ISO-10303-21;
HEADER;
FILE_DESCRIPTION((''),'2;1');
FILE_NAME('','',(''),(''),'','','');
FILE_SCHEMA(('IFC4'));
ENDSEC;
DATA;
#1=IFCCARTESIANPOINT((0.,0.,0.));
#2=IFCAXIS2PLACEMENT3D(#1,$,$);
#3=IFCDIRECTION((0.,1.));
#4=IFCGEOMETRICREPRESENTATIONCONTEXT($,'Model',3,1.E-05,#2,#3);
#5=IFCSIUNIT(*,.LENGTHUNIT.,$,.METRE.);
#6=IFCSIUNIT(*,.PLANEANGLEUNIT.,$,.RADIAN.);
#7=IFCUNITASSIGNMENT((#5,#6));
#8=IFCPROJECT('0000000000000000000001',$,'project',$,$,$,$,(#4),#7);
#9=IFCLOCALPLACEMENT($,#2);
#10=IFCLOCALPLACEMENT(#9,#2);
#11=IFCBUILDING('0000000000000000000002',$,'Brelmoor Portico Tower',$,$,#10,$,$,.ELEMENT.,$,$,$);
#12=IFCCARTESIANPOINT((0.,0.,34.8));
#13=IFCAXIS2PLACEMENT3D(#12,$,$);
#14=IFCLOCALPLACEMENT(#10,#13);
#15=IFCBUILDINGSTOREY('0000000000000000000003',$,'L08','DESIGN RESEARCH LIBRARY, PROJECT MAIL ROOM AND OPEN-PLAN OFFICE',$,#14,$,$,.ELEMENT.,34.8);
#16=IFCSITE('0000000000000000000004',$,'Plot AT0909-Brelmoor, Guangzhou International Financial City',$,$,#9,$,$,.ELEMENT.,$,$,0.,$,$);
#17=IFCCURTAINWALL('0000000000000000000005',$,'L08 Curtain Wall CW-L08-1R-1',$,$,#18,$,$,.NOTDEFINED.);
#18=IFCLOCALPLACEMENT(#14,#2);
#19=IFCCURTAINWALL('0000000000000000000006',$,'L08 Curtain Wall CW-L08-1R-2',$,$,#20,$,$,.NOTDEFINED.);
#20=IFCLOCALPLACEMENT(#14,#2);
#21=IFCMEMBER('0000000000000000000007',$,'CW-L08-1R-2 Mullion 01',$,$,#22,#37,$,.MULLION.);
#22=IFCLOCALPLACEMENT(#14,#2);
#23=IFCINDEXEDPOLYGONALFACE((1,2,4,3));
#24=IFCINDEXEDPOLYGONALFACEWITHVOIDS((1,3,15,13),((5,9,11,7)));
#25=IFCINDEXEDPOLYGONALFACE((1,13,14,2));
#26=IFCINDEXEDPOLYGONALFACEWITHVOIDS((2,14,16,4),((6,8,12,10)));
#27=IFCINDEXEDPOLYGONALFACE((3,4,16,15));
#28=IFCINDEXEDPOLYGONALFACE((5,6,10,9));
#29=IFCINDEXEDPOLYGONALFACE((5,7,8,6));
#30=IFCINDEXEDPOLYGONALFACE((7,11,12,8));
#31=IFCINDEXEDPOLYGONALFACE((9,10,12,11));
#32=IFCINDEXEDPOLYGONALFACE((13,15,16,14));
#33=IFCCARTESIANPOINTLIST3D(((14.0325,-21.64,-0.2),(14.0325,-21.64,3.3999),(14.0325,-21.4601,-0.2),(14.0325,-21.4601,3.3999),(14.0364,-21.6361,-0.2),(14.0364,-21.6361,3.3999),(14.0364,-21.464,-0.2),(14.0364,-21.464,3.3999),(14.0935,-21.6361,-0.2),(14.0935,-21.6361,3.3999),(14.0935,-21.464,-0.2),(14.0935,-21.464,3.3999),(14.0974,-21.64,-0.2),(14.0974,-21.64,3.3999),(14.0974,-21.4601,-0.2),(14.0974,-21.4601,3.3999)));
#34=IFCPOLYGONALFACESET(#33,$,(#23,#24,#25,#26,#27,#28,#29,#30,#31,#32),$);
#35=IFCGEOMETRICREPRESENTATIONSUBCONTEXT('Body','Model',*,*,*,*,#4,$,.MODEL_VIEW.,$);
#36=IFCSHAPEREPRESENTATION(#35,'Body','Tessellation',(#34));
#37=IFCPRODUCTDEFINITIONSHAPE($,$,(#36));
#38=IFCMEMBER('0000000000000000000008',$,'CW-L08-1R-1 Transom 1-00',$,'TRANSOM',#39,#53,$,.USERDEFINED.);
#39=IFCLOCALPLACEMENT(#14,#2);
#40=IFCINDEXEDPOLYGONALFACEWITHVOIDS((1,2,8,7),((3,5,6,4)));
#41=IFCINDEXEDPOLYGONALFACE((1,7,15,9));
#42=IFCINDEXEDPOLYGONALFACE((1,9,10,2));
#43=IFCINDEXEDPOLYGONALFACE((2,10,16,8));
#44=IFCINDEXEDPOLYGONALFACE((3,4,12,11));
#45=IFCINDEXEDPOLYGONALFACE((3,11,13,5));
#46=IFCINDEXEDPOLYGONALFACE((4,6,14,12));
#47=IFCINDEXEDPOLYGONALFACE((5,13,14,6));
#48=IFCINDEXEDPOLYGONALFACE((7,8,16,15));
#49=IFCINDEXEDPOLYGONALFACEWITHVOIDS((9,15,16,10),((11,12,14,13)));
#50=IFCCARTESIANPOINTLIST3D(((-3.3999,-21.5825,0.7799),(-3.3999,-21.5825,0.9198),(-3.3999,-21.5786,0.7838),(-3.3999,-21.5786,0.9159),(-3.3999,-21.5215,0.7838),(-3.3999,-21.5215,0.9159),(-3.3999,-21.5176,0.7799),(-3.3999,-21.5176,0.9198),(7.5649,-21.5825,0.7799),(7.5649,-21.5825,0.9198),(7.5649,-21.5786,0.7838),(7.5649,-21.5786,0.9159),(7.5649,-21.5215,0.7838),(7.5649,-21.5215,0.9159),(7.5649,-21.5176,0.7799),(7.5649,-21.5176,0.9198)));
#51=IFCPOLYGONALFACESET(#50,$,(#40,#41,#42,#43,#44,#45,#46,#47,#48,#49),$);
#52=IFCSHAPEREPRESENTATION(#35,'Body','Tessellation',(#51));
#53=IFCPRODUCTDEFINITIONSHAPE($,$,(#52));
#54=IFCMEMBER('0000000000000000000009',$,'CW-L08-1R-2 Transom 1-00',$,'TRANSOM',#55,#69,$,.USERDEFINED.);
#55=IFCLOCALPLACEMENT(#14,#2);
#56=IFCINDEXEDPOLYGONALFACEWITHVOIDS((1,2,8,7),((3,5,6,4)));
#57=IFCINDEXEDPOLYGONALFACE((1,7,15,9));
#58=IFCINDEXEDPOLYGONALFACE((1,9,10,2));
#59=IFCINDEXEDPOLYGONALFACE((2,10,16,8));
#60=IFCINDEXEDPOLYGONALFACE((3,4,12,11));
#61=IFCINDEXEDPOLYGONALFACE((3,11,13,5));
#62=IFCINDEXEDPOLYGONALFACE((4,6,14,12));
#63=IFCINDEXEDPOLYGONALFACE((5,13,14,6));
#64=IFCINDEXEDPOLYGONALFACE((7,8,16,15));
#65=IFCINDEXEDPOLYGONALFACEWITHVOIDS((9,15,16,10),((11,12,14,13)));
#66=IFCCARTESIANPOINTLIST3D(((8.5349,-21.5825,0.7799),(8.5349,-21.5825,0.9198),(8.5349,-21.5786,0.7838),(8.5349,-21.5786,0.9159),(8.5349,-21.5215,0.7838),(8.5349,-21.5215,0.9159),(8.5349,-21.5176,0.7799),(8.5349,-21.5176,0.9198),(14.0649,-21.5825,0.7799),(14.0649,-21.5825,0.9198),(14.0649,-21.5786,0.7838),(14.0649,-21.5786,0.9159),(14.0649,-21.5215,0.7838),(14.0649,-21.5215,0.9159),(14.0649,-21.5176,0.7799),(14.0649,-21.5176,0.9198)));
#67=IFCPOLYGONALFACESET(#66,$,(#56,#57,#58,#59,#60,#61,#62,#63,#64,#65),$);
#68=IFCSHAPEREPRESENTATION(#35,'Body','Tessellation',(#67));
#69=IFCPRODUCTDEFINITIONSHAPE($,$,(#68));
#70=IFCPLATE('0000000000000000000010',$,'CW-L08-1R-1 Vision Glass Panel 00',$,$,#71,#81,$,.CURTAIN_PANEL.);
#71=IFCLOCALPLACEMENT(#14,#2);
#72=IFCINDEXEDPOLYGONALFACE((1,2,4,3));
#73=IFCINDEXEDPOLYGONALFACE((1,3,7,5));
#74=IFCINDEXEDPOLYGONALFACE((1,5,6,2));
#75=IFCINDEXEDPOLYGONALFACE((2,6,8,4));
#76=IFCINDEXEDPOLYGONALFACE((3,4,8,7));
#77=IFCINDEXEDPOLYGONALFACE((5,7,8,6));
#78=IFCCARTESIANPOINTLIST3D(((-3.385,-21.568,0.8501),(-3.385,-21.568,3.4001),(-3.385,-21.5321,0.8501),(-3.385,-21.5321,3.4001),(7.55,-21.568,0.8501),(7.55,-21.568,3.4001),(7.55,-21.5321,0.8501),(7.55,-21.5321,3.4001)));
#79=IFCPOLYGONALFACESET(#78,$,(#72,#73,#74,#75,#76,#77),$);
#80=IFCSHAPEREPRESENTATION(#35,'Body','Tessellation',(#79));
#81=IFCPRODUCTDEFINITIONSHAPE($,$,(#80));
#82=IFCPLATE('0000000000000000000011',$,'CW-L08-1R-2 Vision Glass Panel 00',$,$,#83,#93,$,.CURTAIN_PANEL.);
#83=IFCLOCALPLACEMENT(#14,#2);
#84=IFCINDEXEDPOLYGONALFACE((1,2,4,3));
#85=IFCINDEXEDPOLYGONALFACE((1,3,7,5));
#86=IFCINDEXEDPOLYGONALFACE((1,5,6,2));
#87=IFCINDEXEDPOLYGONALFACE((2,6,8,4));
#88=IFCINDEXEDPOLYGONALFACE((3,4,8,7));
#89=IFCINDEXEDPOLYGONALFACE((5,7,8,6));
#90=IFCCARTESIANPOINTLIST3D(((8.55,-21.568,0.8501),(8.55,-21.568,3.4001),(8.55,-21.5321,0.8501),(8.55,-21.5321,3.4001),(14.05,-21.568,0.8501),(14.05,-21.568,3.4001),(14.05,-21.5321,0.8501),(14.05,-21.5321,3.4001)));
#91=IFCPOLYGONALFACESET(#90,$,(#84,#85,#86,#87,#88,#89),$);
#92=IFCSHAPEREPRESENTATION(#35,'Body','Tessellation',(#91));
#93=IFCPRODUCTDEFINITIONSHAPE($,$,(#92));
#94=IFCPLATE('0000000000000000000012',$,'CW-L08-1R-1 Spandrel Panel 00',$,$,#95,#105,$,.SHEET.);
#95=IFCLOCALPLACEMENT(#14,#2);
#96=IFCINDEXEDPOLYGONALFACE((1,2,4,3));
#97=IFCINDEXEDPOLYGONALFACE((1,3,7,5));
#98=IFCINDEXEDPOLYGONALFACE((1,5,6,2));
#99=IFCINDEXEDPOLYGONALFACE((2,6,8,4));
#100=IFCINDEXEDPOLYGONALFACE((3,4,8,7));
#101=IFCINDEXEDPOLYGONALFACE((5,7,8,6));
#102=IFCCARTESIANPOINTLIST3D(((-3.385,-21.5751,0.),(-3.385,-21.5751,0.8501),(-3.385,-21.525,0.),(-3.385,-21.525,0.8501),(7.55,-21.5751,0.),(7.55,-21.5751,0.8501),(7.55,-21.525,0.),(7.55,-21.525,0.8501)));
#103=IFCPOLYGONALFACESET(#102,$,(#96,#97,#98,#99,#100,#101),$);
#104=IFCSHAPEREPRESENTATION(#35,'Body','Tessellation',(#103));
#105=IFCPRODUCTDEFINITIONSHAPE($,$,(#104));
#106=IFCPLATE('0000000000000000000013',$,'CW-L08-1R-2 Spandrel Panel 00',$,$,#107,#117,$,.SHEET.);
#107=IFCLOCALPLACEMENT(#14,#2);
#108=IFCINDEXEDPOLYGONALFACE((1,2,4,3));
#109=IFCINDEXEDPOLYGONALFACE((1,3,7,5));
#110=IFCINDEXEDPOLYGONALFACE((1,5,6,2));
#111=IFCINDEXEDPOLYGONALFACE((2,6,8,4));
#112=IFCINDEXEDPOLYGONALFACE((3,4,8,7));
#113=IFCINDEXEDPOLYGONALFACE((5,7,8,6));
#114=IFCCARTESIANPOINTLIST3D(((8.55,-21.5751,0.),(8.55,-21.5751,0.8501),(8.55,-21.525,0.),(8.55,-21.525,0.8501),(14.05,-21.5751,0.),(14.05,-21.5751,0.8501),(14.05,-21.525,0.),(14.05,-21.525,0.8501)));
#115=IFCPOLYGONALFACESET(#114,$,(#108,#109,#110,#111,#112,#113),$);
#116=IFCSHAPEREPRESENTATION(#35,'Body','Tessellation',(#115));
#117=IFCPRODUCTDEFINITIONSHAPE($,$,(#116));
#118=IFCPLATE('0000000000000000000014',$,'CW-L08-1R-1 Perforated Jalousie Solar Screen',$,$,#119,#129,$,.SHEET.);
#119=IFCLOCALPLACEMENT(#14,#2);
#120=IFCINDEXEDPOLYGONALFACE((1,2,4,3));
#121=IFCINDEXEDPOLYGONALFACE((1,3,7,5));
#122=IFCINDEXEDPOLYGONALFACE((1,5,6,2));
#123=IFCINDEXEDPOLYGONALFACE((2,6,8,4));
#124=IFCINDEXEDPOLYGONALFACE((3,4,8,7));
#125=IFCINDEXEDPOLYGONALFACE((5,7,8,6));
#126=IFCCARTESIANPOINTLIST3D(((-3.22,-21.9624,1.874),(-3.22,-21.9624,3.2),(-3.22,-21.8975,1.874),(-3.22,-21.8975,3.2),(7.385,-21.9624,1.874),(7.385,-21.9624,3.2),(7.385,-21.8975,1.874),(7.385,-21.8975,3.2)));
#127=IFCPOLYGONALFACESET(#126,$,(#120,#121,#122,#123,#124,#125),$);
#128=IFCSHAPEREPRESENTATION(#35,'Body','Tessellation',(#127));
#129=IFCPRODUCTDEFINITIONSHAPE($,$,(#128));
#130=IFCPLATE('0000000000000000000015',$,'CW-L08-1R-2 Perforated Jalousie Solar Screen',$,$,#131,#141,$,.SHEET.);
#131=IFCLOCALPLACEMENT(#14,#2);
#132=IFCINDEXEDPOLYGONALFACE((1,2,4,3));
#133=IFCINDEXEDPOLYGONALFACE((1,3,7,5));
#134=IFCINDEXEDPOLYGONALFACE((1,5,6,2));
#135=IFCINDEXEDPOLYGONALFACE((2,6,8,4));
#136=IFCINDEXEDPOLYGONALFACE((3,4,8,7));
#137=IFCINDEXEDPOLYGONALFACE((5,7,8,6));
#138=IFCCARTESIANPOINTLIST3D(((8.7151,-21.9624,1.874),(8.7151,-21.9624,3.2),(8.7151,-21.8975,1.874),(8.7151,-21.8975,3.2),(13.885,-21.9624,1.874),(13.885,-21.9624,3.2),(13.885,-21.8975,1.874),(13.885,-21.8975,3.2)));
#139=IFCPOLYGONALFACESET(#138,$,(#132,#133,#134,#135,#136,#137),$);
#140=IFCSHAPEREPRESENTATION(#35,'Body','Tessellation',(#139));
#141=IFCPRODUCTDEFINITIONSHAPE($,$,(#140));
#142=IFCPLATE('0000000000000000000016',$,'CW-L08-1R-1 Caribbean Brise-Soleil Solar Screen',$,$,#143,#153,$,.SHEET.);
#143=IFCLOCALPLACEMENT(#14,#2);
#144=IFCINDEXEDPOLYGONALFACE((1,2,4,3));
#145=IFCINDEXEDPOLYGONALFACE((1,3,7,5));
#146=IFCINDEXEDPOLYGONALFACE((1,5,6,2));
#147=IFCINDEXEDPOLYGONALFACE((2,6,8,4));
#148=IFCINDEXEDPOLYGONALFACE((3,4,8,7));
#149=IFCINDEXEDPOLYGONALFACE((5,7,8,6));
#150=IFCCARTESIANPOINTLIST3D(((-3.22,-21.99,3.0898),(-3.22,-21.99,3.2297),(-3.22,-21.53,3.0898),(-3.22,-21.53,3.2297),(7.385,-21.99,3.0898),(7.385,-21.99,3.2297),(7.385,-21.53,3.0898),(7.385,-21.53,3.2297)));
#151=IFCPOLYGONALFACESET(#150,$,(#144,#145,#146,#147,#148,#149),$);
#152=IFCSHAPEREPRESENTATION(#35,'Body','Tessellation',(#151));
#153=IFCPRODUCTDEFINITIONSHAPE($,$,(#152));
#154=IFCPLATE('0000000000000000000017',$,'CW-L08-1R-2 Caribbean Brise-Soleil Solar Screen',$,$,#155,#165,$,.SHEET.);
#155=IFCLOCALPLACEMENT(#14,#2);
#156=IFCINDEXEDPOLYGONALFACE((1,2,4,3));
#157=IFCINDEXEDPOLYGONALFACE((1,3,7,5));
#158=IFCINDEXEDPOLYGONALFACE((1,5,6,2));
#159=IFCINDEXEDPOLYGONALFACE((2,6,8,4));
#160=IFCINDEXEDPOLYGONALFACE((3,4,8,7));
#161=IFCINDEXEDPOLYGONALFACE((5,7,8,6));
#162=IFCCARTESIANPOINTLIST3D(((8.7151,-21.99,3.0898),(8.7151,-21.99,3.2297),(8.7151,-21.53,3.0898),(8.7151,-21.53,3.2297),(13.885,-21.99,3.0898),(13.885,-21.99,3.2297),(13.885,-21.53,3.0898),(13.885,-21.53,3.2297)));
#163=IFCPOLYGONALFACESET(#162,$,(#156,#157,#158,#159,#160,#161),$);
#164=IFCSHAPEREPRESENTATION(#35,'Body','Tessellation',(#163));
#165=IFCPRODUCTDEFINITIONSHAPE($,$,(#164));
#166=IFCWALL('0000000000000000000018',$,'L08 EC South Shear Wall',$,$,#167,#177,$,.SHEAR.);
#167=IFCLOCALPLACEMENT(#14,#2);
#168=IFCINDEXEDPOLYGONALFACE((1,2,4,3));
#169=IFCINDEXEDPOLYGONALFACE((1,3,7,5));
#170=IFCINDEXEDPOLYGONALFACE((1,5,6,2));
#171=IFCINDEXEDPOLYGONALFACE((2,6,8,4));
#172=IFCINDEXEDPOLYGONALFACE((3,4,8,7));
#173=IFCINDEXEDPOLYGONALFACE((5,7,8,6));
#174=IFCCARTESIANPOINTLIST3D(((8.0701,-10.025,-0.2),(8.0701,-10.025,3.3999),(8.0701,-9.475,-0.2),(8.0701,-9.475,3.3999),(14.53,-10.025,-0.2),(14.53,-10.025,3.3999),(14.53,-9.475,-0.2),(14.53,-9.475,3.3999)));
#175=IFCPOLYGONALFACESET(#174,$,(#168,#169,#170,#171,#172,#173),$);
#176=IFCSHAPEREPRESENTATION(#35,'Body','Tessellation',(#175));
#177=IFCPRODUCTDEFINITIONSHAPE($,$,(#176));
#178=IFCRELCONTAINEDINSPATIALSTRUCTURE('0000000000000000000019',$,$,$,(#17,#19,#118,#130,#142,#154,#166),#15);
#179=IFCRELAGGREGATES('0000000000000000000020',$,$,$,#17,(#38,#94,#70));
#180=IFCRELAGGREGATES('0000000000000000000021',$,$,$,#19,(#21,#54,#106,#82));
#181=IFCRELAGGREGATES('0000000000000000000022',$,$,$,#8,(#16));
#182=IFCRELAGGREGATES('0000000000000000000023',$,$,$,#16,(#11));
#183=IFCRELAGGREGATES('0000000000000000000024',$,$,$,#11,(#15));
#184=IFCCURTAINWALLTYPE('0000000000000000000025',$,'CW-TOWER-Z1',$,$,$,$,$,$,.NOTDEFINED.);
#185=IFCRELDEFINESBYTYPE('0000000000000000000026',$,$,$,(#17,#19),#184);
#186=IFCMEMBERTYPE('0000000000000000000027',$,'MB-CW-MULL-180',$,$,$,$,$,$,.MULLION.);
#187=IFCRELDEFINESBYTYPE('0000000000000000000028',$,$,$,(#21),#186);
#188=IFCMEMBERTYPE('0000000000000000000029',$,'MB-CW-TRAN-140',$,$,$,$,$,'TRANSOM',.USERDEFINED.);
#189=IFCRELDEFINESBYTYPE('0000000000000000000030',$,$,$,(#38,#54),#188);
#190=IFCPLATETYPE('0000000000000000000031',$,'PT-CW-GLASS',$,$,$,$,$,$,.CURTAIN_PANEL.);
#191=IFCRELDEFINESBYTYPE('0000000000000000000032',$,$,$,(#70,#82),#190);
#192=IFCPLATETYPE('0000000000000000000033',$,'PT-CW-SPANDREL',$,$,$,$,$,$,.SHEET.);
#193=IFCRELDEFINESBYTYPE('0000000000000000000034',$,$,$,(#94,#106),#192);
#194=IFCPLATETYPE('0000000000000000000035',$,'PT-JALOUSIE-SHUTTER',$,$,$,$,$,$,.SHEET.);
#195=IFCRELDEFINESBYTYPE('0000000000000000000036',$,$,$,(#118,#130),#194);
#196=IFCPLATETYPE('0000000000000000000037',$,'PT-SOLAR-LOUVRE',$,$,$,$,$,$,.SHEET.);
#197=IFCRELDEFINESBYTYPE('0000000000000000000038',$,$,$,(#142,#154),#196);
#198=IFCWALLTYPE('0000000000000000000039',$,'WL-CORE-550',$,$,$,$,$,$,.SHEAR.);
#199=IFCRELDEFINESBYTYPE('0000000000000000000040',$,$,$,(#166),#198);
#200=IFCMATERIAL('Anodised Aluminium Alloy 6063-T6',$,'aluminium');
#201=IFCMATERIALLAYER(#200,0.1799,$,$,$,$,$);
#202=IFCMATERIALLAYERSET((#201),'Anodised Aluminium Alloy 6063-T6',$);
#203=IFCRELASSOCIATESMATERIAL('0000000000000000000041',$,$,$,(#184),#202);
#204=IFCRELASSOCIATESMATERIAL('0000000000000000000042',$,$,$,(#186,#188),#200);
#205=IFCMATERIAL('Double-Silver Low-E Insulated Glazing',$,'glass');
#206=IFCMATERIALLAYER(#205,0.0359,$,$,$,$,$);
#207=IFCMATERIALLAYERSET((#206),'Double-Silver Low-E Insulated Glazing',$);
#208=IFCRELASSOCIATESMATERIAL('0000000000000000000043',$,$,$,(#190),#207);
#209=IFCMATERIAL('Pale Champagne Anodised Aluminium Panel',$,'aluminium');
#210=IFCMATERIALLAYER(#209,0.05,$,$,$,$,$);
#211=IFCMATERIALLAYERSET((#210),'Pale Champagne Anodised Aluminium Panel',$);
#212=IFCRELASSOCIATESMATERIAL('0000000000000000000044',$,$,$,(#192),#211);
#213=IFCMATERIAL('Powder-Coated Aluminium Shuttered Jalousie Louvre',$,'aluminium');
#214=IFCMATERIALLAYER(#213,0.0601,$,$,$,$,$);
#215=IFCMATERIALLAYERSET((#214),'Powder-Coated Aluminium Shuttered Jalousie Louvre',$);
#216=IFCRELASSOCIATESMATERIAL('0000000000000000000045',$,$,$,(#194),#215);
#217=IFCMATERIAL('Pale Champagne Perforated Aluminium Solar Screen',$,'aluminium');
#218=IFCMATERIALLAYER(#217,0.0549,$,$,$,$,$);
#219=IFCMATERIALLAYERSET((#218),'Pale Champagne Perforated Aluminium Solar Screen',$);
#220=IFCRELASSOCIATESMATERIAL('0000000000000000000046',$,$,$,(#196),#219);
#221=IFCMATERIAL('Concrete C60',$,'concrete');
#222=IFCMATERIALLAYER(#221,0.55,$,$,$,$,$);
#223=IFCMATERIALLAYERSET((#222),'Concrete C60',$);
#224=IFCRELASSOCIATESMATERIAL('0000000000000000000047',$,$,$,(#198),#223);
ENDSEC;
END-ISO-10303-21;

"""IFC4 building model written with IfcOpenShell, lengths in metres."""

from ifc_helpers import new_model, si_unit, direction, frame, frame_2d, origin, origin_2d, place, context, subcontext, project, spatial, rectangle, hollow_rectangle, extrude, material, layer, layer_set, material_profile, profile_set, type_object, element, aggregate, save


model = new_model("IFC4")

# Units and contexts
model_context = context("Model", 3, precision=1e-05, world=origin(), true_north=direction((0.0, 1.0)))
body_context = subcontext(model_context, "Body", "Model", "MODEL_VIEW")
ifc_project = project(units=[si_unit("LENGTHUNIT", "METRE"), si_unit("PLANEANGLEUNIT", "RADIAN")], contexts=[model_context])

# Site, building, storey
site_placement = place(None, origin())
site = spatial("IfcSite", under=ifc_project, at=site_placement, Name="Plot AT0909-Brelmoor, Guangzhou International Financial City", CompositionType="ELEMENT", RefElevation=0.0)
building_placement = place(site_placement, origin())
building = spatial("IfcBuilding", under=site, at=building_placement, Name="Brelmoor Portico Tower", CompositionType="ELEMENT")
storey_placement = place(building_placement, frame((0.0, 0.0, 34.8)))
storey = spatial("IfcBuildingStorey", under=building, at=storey_placement, Name="L08", Description="DESIGN RESEARCH LIBRARY, PROJECT MAIL ROOM AND OPEN-PLAN OFFICE", CompositionType="ELEMENT", Elevation=34.8)

# Curtain walls, member
ifc_material_1 = material(Name="Anodised Aluminium Alloy 6063-T6", Category="aluminium")
ifc_layer_1 = layer(ifc_material_1, 0.1799)
ifc_layer_set_1 = layer_set([ifc_layer_1], Name="Anodised Aluminium Alloy 6063-T6")
curtain_wall_type = type_object("IfcCurtainWallType", Name="CW-TOWER-Z1", PredefinedType="NOTDEFINED", material=ifc_layer_set_1)
curtain_wall_1_placement = place(storey_placement, origin())
curtain_wall_1 = element("IfcCurtainWall", 1, at=curtain_wall_1_placement, inside=storey, type_object=curtain_wall_type, Name="L08 Curtain Wall CW-L08-1R-1", PredefinedType="NOTDEFINED")
ifc_material_profile_1 = material_profile(ifc_material_1, hollow_rectangle(XDim=0.0649, YDim=0.1799, WallThickness=0.0039, at=origin_2d()), Name="ALU MULLION 65x180")
ifc_profile_set_1 = profile_set([ifc_material_profile_1], Name="Anodised Aluminium Alloy 6063-T6")
member_type_1 = type_object("IfcMemberType", Name="MB-CW-MULL-180", PredefinedType="MULLION", material=ifc_profile_set_1)
curtain_wall_2_placement = place(storey_placement, origin())
curtain_wall_2 = element("IfcCurtainWall", 2, at=curtain_wall_2_placement, inside=storey, type_object=curtain_wall_type, Name="L08 Curtain Wall CW-L08-1R-2", PredefinedType="NOTDEFINED")
member_1_placement = place(storey_placement, frame((14.0649, -21.55, -0.2), z_axis=(0.0, 0.0, 1.0), x_axis=(1.0, 0.0, 0.0)))
member_1 = element("IfcMember", 3, at=member_1_placement, type_object=member_type_1, Name="CW-L08-1R-2 Mullion 01", PredefinedType="MULLION", context=body_context, shape_type="SweptSolid", body=[
    extrude(hollow_rectangle(XDim=0.0649, YDim=0.1799, WallThickness=0.0039, at=origin_2d()), origin(), (0.0, 0.0, 1.0), 3.5999),
])

# Members
ifc_material_profile_2 = material_profile(ifc_material_1, hollow_rectangle(XDim=0.0649, YDim=0.1399, WallThickness=0.0039, at=origin_2d()), Name="ALU TRANSOM 65x140")
ifc_profile_set_2 = profile_set([ifc_material_profile_2], Name="Anodised Aluminium Alloy 6063-T6")
member_type_2 = type_object("IfcMemberType", Name="MB-CW-TRAN-140", ElementType="TRANSOM", PredefinedType="USERDEFINED", material=ifc_profile_set_2)
member_2_placement = place(storey_placement, frame((-3.3999, -21.55, 0.8499), z_axis=(1.0, 0.0, 0.0), x_axis=(0.0, 1.0, 0.0)))
member_2 = element("IfcMember", 4, at=member_2_placement, type_object=member_type_2, Name="CW-L08-1R-1 Transom 1-00", ObjectType="TRANSOM", PredefinedType="USERDEFINED", context=body_context, shape_type="SweptSolid", body=[
    extrude(hollow_rectangle(XDim=0.0649, YDim=0.1399, WallThickness=0.0039, at=origin_2d()), origin(), (0.0, 0.0, 1.0), 10.9648),
])
member_3_placement = place(storey_placement, frame((8.5349, -21.55, 0.8499), z_axis=(1.0, 0.0, 0.0), x_axis=(0.0, 1.0, 0.0)))
member_3 = element("IfcMember", 5, at=member_3_placement, type_object=member_type_2, Name="CW-L08-1R-2 Transom 1-00", ObjectType="TRANSOM", PredefinedType="USERDEFINED", context=body_context, shape_type="SweptSolid", body=[
    extrude(hollow_rectangle(XDim=0.0649, YDim=0.1399, WallThickness=0.0039, at=origin_2d()), origin(), (0.0, 0.0, 1.0), 5.53),
])

# Plates
ifc_material_2 = material(Name="Double-Silver Low-E Insulated Glazing", Category="glass")
ifc_layer_2 = layer(ifc_material_2, 0.0359)
ifc_layer_set_2 = layer_set([ifc_layer_2], Name="Double-Silver Low-E Insulated Glazing")
plate_type_1 = type_object("IfcPlateType", Name="PT-CW-GLASS", PredefinedType="CURTAIN_PANEL", material=ifc_layer_set_2)
plate_1_placement = place(storey_placement, frame((2.0825, -21.55, 0.8501), z_axis=(0.0, 0.0, 1.0), x_axis=(1.0, 0.0, 0.0)))
plate_1 = element("IfcPlate", 6, at=plate_1_placement, type_object=plate_type_1, Name="CW-L08-1R-1 Vision Glass Panel 00", PredefinedType="CURTAIN_PANEL", context=body_context, shape_type="SweptSolid", body=[
    extrude(rectangle(XDim=10.9351, YDim=0.0359, at=origin_2d()), origin(), (0.0, 0.0, 1.0), 2.55),
])
plate_2_placement = place(storey_placement, frame((11.3, -21.55, 0.8501), z_axis=(0.0, 0.0, 1.0), x_axis=(1.0, 0.0, 0.0)))
plate_2 = element("IfcPlate", 7, at=plate_2_placement, type_object=plate_type_1, Name="CW-L08-1R-2 Vision Glass Panel 00", PredefinedType="CURTAIN_PANEL", context=body_context, shape_type="SweptSolid", body=[
    extrude(rectangle(XDim=5.5, YDim=0.0359, at=origin_2d()), origin(), (0.0, 0.0, 1.0), 2.55),
])
ifc_material_3 = material(Name="Pale Champagne Anodised Aluminium Panel", Category="aluminium")
ifc_layer_3 = layer(ifc_material_3, 0.05)
ifc_layer_set_3 = layer_set([ifc_layer_3], Name="Pale Champagne Anodised Aluminium Panel")
plate_type_2 = type_object("IfcPlateType", Name="PT-CW-SPANDREL", PredefinedType="SHEET", material=ifc_layer_set_3)
plate_3_placement = place(storey_placement, frame((2.0825, -21.55, 0.0), z_axis=(0.0, 0.0, 1.0), x_axis=(1.0, 0.0, 0.0)))
plate_3 = element("IfcPlate", 8, at=plate_3_placement, type_object=plate_type_2, Name="CW-L08-1R-1 Spandrel Panel 00", PredefinedType="SHEET", context=body_context, shape_type="SweptSolid", body=[
    extrude(rectangle(XDim=10.9351, YDim=0.05, at=origin_2d()), origin(), (0.0, 0.0, 1.0), 0.8501),
])
aggregate(curtain_wall_1, [member_2, plate_3, plate_1])
plate_4_placement = place(storey_placement, frame((11.3, -21.55, 0.0), z_axis=(0.0, 0.0, 1.0), x_axis=(1.0, 0.0, 0.0)))
plate_4 = element("IfcPlate", 9, at=plate_4_placement, type_object=plate_type_2, Name="CW-L08-1R-2 Spandrel Panel 00", PredefinedType="SHEET", context=body_context, shape_type="SweptSolid", body=[
    extrude(rectangle(XDim=5.5, YDim=0.05, at=origin_2d()), origin(), (0.0, 0.0, 1.0), 0.8501),
])
aggregate(curtain_wall_2, [member_1, member_3, plate_4, plate_2])

# Plates
ifc_material_4 = material(Name="Powder-Coated Aluminium Shuttered Jalousie Louvre", Category="aluminium")
ifc_layer_4 = layer(ifc_material_4, 0.0601)
ifc_layer_set_4 = layer_set([ifc_layer_4], Name="Powder-Coated Aluminium Shuttered Jalousie Louvre")
plate_type_3 = type_object("IfcPlateType", Name="PT-JALOUSIE-SHUTTER", PredefinedType="SHEET", material=ifc_layer_set_4)
plate_5_placement = place(storey_placement, frame((2.0825, -21.9299, 1.874), z_axis=(0.0, 0.0, 1.0), x_axis=(1.0, 0.0, 0.0)))
element("IfcPlate", 10, at=plate_5_placement, inside=storey, type_object=plate_type_3, Name="CW-L08-1R-1 Perforated Jalousie Solar Screen", PredefinedType="SHEET", context=body_context, shape_type="SweptSolid", body=[
    extrude(rectangle(XDim=10.605, YDim=0.0649, at=origin_2d()), origin(), (0.0, 0.0, 1.0), 1.3259),
])
plate_6_placement = place(storey_placement, frame((11.3, -21.9299, 1.874), z_axis=(0.0, 0.0, 1.0), x_axis=(1.0, 0.0, 0.0)))
element("IfcPlate", 11, at=plate_6_placement, inside=storey, type_object=plate_type_3, Name="CW-L08-1R-2 Perforated Jalousie Solar Screen", PredefinedType="SHEET", context=body_context, shape_type="SweptSolid", body=[
    extrude(rectangle(XDim=5.1699, YDim=0.0649, at=origin_2d()), origin(), (0.0, 0.0, 1.0), 1.3259),
])
ifc_material_5 = material(Name="Pale Champagne Perforated Aluminium Solar Screen", Category="aluminium")
ifc_layer_5 = layer(ifc_material_5, 0.0549)
ifc_layer_set_5 = layer_set([ifc_layer_5], Name="Pale Champagne Perforated Aluminium Solar Screen")
plate_type_4 = type_object("IfcPlateType", Name="PT-SOLAR-LOUVRE", PredefinedType="SHEET", material=ifc_layer_set_5)
plate_7_placement = place(storey_placement, frame((2.0825, -21.76, 3.0898), z_axis=(0.0, 0.0, 1.0), x_axis=(1.0, 0.0, 0.0)))
element("IfcPlate", 12, at=plate_7_placement, inside=storey, type_object=plate_type_4, Name="CW-L08-1R-1 Caribbean Brise-Soleil Solar Screen", PredefinedType="SHEET", context=body_context, shape_type="SweptSolid", body=[
    extrude(rectangle(XDim=10.605, YDim=0.46, at=origin_2d()), origin(), (0.0, 0.0, 1.0), 0.1399),
])
plate_8_placement = place(storey_placement, frame((11.3, -21.76, 3.0898), z_axis=(0.0, 0.0, 1.0), x_axis=(1.0, 0.0, 0.0)))
element("IfcPlate", 13, at=plate_8_placement, inside=storey, type_object=plate_type_4, Name="CW-L08-1R-2 Caribbean Brise-Soleil Solar Screen", PredefinedType="SHEET", context=body_context, shape_type="SweptSolid", body=[
    extrude(rectangle(XDim=5.1699, YDim=0.46, at=origin_2d()), origin(), (0.0, 0.0, 1.0), 0.1399),
])

# Wall
ifc_material_6 = material(Name="Concrete C60", Category="concrete")
ifc_layer_6 = layer(ifc_material_6, 0.55)
ifc_layer_set_6 = layer_set([ifc_layer_6], Name="Concrete C60")
wall_type_1 = type_object("IfcWallType", Name="WL-CORE-550", PredefinedType="SHEAR", material=ifc_layer_set_6)
wall_1_placement = place(storey_placement, frame((8.0701, -9.75, -0.2), z_axis=(0.0, 0.0, 1.0), x_axis=(1.0, 0.0, 0.0)))
element("IfcWall", 14, at=wall_1_placement, inside=storey, type_object=wall_type_1, Name="L08 EC South Shear Wall", PredefinedType="SHEAR", context=body_context, shape_type="SweptSolid", body=[
    extrude(rectangle(XDim=6.46, YDim=0.55, at=frame_2d((3.23, 0.0))), origin(), (0.0, 0.0, 1.0), 3.5999),
])

save(model, "model.ifc")
